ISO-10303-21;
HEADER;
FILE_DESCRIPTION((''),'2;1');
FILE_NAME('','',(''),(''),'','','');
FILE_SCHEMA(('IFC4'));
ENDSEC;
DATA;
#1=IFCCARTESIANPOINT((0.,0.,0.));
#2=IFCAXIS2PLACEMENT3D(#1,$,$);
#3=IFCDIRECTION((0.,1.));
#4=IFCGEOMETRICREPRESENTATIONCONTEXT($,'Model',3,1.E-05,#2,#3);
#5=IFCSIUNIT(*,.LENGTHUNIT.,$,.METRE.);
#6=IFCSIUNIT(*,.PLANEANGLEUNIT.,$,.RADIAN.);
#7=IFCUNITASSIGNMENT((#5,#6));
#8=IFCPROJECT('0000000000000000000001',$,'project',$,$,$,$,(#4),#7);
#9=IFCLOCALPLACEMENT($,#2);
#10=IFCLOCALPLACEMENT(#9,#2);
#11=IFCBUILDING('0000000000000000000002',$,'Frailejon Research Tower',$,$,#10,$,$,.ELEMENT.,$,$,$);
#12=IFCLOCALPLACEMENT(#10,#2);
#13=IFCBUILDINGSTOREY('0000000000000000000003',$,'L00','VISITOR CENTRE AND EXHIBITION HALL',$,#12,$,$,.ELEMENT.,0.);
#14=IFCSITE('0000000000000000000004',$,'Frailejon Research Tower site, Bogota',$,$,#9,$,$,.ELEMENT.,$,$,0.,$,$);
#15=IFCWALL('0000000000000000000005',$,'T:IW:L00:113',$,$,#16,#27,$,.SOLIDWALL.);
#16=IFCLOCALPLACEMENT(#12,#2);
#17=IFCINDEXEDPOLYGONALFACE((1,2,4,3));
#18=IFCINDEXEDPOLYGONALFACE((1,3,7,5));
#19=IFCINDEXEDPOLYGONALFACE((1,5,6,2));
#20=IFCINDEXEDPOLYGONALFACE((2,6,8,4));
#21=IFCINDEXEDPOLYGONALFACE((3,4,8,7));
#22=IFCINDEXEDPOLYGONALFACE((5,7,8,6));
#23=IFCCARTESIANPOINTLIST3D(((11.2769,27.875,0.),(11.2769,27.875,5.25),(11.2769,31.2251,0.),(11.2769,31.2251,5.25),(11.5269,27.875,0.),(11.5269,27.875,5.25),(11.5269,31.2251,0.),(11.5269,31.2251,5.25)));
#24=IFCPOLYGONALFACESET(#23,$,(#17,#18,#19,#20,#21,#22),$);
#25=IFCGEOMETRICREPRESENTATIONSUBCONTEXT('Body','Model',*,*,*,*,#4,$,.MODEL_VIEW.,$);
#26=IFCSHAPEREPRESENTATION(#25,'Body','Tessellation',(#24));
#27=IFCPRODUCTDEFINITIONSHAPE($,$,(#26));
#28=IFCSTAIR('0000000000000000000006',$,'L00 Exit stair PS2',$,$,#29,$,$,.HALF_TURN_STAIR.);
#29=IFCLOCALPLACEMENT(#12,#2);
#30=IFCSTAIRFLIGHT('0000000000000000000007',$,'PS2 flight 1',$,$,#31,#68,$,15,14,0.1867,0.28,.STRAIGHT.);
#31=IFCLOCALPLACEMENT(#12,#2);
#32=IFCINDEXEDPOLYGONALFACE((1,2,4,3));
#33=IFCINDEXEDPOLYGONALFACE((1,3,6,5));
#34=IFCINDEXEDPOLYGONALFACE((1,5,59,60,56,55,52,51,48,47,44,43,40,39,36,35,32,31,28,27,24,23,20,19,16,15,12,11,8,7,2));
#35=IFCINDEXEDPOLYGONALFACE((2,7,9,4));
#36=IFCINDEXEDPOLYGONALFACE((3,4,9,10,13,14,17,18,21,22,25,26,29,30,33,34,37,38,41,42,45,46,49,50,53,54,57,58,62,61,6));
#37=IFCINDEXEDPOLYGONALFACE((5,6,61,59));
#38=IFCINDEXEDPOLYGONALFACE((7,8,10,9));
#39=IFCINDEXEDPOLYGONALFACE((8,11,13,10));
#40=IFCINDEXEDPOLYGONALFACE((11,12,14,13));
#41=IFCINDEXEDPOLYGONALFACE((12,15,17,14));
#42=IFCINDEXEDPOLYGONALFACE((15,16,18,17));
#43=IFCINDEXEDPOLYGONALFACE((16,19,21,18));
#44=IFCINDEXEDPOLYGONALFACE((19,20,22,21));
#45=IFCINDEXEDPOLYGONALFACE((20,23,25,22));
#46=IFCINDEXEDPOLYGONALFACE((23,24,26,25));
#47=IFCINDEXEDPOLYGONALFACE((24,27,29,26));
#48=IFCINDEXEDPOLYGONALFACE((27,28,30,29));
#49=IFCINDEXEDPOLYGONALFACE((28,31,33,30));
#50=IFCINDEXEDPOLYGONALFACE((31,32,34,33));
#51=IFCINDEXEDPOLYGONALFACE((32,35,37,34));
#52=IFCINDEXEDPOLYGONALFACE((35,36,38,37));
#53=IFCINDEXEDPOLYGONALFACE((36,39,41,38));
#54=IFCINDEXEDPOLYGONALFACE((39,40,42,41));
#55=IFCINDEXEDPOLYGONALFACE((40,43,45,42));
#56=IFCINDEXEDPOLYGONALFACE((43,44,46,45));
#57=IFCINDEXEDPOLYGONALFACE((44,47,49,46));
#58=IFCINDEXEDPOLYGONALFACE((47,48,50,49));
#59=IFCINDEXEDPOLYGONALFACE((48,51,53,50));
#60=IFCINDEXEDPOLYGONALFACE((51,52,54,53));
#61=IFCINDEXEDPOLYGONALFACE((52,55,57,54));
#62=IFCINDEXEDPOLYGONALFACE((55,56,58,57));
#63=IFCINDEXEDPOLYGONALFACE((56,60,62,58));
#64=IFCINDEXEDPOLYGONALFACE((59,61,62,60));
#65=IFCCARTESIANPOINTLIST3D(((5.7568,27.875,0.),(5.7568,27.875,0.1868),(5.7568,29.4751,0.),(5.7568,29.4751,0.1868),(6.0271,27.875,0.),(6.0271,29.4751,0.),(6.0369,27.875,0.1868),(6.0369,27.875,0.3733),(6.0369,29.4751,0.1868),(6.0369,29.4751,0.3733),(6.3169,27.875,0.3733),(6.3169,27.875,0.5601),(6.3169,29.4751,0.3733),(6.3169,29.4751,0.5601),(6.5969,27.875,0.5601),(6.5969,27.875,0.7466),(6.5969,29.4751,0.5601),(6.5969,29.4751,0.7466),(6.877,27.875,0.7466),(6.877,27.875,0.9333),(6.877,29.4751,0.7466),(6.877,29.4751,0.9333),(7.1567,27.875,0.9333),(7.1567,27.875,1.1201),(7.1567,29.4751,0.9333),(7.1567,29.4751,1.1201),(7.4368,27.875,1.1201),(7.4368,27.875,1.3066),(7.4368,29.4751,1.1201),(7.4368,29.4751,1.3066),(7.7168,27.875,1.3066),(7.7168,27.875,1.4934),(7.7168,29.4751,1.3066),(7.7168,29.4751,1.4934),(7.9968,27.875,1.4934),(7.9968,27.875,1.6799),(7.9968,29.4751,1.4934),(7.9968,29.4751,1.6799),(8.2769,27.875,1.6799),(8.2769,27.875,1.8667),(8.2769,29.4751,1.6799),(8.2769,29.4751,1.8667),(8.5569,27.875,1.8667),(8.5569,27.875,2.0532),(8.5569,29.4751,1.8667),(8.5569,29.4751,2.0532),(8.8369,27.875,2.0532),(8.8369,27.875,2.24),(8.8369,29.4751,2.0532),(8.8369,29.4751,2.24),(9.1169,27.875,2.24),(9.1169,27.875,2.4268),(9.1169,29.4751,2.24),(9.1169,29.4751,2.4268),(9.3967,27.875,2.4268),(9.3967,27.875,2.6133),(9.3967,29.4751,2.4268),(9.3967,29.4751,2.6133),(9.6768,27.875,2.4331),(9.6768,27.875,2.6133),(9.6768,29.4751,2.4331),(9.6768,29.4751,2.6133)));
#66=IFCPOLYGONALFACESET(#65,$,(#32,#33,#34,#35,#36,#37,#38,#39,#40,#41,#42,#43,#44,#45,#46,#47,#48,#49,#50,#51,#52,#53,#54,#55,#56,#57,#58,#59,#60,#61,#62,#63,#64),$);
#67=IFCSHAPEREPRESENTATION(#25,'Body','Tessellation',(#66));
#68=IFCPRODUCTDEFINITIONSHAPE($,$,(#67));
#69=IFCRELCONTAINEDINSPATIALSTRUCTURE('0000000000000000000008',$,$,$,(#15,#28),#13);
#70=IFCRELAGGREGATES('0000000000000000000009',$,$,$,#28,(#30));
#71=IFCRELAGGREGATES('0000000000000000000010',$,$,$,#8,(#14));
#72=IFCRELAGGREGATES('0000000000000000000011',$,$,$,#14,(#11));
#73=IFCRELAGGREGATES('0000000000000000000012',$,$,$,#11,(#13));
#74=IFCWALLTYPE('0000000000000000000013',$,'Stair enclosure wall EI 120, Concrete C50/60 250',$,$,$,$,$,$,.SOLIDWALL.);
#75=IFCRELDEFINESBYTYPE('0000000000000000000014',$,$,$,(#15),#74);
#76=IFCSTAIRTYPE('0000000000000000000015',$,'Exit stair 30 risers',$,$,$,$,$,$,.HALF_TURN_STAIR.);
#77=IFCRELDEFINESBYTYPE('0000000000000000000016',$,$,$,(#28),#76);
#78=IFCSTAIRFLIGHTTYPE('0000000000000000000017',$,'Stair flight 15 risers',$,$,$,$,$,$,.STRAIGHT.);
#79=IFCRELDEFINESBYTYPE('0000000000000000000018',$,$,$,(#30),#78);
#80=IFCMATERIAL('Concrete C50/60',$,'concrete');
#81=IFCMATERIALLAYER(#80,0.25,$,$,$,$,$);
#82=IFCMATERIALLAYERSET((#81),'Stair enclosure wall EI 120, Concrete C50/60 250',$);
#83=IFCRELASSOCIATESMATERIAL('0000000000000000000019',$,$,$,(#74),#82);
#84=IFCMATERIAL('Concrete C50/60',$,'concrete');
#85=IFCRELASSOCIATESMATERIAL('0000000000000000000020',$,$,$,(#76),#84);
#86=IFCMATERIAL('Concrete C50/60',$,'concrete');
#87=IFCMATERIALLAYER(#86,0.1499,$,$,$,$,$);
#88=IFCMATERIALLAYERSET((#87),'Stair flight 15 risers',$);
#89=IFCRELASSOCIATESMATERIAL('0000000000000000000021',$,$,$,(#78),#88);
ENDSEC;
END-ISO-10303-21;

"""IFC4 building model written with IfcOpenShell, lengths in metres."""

from ifc_helpers import new_model, si_unit, direction, frame, frame_2d, origin, place, context, subcontext, project, spatial, polyline, rectangle, outline, extrude, material, layer, layer_set, type_object, element, aggregate, save


model = new_model("IFC4")

# Units and contexts
model_context = context("Model", 3, precision=1e-05, world=origin(), true_north=direction((0.0, 1.0)))
body_context = subcontext(model_context, "Body", "Model", "MODEL_VIEW")
ifc_project = project(units=[si_unit("LENGTHUNIT", "METRE"), si_unit("PLANEANGLEUNIT", "RADIAN")], contexts=[model_context])

# Site, building, storey
site_placement = place(None, origin())
site = spatial("IfcSite", under=ifc_project, at=site_placement, Name="Frailejon Research Tower site, Bogota", CompositionType="ELEMENT", RefElevation=0.0)
building_placement = place(site_placement, origin())
building = spatial("IfcBuilding", under=site, at=building_placement, Name="Frailejon Research Tower", CompositionType="ELEMENT")
storey_placement = place(building_placement, origin())
storey = spatial("IfcBuildingStorey", under=building, at=storey_placement, Name="L00", Description="VISITOR CENTRE AND EXHIBITION HALL", CompositionType="ELEMENT", Elevation=0.0)

# Shared definitions
ifc_material_1 = material(Name="Concrete C50/60", Category="concrete")
ifc_layer_1 = layer(ifc_material_1, 0.25)
ifc_layer_set_1 = layer_set([ifc_layer_1], Name="Stair enclosure wall EI 120, Concrete C50/60 250")
wall_type_1 = type_object("IfcWallType", Name="Stair enclosure wall EI 120, Concrete C50/60 250", PredefinedType="SOLIDWALL", material=ifc_layer_set_1)

# Wall
for number, where, z_axis, x_axis, name in (
    (1, (11.4019, 27.875, 0.0), (0.0, 0.0, 1.0), (0.0, 1.0, 0.0), "T:IW:L00:113"),
):
    element("IfcWall", number, at=place(storey_placement, frame(where, z_axis=z_axis, x_axis=x_axis)), inside=storey, type_object=wall_type_1, Name=name, PredefinedType="SOLIDWALL", context=body_context, shape_type="SweptSolid", body=[
        extrude(rectangle(XDim=3.3501, YDim=0.25, at=frame_2d((1.675, 0.0))), origin(), (0.0, 0.0, 1.0), 5.25),
    ])

# Stair, stair flight
ifc_material_2 = material(Name="Concrete C50/60", Category="concrete")
stair_type = type_object("IfcStairType", Name="Exit stair 30 risers", PredefinedType="HALF_TURN_STAIR", material=ifc_material_2)
stair_placement = place(storey_placement, origin())
stair = element("IfcStair", 2, at=stair_placement, inside=storey, type_object=stair_type, Name="L00 Exit stair PS2", PredefinedType="HALF_TURN_STAIR")
ifc_material_3 = material(Name="Concrete C50/60", Category="concrete")
ifc_layer_2 = layer(ifc_material_3, 0.1499)
ifc_layer_set_2 = layer_set([ifc_layer_2], Name="Stair flight 15 risers")
stair_flight_type = type_object("IfcStairFlightType", Name="Stair flight 15 risers", PredefinedType="STRAIGHT", material=ifc_layer_set_2)
stair_flight_placement = place(storey_placement, frame((5.7568, 28.675, 0.0), z_axis=(0.0, 0.0, 1.0), x_axis=(1.0, 0.0, 0.0)))
stair_flight = element("IfcStairFlight", 3, at=stair_flight_placement, type_object=stair_flight_type, Name="PS2 flight 1", NumberOfRisers=15, NumberOfTreads=14, PredefinedType="STRAIGHT", RiserHeight=0.1867, TreadLength=0.28, context=body_context, shape_type="SweptSolid", body=[
    extrude(outline(polyline([(0.0, 0.0), (0.0, 0.1868), (0.28, 0.1868), (0.28, 0.3733), (0.5601, 0.3733), (0.5601, 0.5601), (0.8401, 0.5601), (0.8401, 0.7466), (1.1201, 0.7466), (1.1201, 0.9333), (1.3999, 0.9333), (1.3999, 1.1201), (1.6799, 1.1201), (1.6799, 1.3066), (1.96, 1.3066), (1.96, 1.4934), (2.24, 1.4934), (2.24, 1.6799), (2.52, 1.6799), (2.52, 1.8667), (2.8, 1.8667), (2.8, 2.0532), (3.0801, 2.0532), (3.0801, 2.24), (3.3601, 2.24), (3.3601, 2.4268), (3.6399, 2.4268), (3.6399, 2.6133), (3.9199, 2.6133), (3.9199, 2.8), (3.9199, 2.4331), (0.2703, 0.0), (0.0, 0.0)])), frame((0.0, 0.8, 0.0), z_axis=(0.0, -1.0, 0.0), x_axis=(1.0, 0.0, 0.0)), (0.0, 0.0, 1.0), 1.6001),
])
aggregate(stair, [stair_flight])

save(model, "model.ifc")
